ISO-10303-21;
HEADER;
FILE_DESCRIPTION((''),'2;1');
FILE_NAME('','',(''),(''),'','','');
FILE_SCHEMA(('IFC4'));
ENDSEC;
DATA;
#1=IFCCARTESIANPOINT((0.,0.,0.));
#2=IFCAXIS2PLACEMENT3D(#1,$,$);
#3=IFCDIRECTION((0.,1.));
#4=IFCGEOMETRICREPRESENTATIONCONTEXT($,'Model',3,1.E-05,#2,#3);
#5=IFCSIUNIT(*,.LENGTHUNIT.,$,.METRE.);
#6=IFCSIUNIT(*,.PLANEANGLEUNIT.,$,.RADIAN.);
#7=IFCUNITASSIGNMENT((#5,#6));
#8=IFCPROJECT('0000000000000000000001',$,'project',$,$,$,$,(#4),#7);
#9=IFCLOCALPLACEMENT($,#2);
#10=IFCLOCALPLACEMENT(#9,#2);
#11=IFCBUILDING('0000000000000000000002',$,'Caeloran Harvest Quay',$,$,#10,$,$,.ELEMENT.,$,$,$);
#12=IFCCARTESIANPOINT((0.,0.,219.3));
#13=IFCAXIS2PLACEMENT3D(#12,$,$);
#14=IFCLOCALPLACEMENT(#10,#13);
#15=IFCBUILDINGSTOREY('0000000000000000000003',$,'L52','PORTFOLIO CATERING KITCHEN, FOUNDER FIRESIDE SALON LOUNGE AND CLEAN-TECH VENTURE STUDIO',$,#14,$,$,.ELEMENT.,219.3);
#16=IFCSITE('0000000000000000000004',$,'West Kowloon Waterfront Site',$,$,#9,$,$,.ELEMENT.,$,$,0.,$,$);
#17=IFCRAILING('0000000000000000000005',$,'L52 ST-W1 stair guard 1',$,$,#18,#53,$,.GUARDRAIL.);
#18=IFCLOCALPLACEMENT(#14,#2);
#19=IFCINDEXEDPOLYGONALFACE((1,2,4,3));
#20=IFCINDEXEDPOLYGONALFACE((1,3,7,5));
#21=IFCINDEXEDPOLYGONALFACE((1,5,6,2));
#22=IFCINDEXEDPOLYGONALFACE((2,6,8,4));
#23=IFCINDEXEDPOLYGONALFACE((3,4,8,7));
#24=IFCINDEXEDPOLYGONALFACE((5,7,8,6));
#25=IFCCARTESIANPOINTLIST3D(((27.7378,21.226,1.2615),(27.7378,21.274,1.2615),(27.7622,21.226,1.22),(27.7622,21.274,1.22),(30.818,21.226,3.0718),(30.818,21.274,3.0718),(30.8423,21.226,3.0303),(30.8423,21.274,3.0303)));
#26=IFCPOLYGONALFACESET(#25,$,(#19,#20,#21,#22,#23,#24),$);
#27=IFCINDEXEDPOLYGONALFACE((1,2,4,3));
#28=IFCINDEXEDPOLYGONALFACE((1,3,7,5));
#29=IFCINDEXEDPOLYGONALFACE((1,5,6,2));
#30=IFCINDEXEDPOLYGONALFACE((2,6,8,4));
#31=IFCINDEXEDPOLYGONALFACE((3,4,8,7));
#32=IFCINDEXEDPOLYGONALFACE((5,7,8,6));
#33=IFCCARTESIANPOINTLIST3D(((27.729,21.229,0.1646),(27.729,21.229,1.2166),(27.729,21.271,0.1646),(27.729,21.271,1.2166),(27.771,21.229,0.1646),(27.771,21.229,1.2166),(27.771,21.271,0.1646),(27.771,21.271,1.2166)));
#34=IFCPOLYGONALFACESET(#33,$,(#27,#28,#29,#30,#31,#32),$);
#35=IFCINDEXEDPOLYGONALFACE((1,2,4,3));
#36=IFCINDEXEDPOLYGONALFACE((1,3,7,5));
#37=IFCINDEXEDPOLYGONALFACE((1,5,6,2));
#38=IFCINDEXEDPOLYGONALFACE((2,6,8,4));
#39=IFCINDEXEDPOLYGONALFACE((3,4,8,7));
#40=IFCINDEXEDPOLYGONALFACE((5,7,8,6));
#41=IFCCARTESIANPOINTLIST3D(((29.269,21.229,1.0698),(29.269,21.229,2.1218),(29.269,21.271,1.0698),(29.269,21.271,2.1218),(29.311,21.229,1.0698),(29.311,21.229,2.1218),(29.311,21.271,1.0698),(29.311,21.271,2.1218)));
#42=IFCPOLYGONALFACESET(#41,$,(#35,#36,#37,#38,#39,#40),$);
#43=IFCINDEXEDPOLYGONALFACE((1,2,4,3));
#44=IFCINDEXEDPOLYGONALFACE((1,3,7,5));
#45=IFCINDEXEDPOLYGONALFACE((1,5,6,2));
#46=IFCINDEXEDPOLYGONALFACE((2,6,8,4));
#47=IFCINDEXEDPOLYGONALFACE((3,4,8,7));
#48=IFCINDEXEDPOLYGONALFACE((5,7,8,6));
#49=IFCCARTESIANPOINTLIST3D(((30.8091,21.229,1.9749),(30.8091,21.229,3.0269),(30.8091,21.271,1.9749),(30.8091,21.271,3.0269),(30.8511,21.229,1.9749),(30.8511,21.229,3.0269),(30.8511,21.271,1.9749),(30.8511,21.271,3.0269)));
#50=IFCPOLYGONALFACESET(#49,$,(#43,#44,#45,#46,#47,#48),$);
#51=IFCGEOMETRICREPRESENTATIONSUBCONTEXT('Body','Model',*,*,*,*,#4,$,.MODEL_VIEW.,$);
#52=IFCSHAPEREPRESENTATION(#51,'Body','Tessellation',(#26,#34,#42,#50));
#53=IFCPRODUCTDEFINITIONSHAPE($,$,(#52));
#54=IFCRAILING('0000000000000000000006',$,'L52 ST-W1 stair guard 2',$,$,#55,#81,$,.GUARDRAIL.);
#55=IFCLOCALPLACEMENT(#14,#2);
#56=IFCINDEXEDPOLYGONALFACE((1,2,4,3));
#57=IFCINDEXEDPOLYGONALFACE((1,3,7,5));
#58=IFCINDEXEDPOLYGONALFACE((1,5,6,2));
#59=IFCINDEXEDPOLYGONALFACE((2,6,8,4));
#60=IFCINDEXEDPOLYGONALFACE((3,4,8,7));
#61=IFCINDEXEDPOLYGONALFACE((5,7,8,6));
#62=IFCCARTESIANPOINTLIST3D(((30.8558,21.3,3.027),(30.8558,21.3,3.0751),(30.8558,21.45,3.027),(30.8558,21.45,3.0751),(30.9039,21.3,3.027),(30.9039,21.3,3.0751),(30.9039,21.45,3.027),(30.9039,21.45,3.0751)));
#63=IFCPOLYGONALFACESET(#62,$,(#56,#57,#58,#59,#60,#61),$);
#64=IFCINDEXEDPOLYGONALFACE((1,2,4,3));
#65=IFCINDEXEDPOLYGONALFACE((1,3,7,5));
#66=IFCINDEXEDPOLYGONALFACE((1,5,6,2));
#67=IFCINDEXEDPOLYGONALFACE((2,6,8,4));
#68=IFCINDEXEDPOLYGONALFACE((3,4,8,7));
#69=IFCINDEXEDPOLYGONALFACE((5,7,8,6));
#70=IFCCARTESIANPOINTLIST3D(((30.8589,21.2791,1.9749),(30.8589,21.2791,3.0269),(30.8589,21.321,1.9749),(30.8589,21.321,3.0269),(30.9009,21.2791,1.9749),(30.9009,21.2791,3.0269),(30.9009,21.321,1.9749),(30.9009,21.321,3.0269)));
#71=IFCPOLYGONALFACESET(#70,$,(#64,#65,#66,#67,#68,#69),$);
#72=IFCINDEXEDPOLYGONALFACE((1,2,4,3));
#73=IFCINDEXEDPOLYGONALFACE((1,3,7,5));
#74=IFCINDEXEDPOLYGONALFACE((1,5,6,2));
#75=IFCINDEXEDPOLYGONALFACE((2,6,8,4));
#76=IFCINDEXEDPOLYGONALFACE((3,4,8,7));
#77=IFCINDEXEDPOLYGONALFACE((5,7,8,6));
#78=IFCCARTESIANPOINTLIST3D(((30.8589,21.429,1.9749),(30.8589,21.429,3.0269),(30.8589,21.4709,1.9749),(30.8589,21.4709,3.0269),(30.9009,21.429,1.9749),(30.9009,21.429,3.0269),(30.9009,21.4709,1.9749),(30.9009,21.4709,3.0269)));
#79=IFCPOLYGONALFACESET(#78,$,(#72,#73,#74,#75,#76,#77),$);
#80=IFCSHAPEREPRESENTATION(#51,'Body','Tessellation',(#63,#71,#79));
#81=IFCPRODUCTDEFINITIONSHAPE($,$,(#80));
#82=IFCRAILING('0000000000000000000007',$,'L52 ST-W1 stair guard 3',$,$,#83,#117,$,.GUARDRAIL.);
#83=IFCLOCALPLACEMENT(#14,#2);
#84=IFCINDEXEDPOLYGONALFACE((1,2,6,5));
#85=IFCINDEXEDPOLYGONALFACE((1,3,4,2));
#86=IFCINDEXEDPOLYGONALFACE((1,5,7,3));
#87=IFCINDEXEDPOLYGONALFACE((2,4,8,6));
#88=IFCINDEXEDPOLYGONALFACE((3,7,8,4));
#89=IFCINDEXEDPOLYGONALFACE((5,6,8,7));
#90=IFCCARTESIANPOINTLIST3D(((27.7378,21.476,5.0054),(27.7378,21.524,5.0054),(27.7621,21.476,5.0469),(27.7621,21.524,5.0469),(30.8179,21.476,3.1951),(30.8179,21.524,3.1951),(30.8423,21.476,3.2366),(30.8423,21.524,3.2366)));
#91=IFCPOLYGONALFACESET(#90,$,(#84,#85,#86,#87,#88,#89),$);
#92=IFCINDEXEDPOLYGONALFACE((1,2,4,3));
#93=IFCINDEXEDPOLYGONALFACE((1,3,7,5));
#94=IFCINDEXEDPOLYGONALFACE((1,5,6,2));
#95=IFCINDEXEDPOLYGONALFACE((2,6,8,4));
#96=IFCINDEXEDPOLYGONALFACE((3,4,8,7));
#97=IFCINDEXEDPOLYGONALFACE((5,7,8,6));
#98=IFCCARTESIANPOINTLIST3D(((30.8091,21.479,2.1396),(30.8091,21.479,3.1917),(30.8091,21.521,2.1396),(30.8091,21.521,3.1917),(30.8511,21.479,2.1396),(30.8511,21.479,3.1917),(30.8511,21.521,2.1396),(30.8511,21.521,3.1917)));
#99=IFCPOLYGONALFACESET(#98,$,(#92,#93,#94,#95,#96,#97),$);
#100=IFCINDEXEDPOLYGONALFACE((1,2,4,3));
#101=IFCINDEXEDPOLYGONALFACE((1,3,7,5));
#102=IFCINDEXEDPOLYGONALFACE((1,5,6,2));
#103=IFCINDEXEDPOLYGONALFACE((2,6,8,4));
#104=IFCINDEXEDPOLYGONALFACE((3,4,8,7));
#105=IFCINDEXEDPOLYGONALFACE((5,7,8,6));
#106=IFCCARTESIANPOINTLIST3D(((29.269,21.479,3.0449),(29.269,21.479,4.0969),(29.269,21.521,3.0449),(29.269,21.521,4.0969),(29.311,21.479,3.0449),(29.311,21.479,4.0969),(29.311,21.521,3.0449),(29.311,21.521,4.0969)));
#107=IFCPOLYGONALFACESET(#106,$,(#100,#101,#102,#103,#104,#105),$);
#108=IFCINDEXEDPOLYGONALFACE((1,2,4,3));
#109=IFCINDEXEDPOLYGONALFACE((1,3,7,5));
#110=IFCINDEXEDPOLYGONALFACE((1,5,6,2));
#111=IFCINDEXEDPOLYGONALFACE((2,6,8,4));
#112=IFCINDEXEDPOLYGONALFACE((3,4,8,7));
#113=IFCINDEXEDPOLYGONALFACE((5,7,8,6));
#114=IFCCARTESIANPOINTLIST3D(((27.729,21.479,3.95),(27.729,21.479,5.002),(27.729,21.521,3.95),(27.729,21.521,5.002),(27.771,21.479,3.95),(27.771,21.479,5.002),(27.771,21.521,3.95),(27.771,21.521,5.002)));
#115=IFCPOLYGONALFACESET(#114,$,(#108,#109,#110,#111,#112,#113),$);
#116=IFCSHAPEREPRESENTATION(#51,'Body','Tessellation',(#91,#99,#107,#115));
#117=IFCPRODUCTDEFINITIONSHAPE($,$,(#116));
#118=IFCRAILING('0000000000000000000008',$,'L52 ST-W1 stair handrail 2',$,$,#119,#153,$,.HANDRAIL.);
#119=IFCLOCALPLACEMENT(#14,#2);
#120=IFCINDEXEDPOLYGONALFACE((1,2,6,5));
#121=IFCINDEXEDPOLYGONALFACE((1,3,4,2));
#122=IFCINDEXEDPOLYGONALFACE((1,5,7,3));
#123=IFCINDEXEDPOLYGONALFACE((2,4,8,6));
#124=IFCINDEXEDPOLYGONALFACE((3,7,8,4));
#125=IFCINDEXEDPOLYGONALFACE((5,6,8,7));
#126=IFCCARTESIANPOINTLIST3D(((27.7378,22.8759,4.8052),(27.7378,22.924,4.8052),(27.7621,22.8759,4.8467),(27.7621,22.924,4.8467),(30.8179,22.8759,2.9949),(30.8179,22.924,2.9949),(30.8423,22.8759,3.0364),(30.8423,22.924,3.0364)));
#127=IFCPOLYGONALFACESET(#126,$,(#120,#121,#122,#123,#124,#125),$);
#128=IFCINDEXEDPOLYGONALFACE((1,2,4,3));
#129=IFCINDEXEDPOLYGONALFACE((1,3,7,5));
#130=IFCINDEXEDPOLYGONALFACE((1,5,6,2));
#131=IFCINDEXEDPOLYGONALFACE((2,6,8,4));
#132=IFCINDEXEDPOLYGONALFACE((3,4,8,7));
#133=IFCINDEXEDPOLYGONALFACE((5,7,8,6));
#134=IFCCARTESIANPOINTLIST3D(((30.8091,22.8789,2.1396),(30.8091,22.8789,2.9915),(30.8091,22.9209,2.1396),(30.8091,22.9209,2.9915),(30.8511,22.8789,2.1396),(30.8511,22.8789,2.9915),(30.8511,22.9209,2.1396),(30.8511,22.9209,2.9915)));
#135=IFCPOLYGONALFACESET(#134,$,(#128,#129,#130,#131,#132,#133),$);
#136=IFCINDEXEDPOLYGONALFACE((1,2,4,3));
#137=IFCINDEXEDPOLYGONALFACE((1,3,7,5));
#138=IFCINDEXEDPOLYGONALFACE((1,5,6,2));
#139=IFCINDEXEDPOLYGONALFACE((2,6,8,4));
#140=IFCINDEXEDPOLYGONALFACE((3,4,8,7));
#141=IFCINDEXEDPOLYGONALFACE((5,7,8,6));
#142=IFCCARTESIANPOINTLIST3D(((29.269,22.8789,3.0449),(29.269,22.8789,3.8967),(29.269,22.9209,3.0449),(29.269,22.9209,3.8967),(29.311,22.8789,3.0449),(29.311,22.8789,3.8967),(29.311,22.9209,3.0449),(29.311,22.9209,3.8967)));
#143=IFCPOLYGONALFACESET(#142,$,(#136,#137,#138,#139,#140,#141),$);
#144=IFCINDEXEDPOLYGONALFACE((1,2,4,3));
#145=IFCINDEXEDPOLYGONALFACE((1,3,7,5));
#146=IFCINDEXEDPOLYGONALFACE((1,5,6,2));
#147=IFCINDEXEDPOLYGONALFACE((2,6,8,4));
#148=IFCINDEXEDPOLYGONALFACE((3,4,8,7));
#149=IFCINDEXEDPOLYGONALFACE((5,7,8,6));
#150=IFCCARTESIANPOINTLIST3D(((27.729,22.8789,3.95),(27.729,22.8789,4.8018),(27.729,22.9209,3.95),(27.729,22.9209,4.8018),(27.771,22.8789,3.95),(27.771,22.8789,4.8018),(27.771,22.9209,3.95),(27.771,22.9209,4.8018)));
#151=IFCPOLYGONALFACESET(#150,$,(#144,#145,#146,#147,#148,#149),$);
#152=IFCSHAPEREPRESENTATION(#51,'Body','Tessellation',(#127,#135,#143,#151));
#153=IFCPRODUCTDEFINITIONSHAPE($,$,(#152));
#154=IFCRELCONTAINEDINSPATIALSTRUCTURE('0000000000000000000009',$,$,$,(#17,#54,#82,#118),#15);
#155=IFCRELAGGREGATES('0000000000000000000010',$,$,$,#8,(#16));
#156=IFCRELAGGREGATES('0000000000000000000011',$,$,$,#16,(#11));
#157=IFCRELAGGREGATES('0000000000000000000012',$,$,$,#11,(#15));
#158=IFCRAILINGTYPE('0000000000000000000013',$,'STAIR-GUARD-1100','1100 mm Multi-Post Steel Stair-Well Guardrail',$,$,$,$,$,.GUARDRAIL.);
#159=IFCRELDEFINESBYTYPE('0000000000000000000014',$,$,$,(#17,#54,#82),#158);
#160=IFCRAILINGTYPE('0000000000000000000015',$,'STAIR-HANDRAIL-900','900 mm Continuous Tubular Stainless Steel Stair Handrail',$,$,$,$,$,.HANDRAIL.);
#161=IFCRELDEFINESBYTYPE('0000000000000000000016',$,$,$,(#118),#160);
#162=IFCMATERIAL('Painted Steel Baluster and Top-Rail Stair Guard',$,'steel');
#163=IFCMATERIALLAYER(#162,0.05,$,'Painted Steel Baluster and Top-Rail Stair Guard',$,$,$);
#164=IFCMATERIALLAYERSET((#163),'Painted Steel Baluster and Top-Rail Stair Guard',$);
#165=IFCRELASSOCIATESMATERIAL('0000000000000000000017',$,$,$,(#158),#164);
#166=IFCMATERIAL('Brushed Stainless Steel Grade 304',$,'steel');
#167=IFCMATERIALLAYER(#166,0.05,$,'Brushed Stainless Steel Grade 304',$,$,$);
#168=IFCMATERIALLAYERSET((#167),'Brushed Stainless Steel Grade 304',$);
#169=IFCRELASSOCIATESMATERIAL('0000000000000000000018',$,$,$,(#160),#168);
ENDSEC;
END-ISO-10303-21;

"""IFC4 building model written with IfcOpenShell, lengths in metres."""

from ifc_helpers import new_model, si_unit, direction, frame, origin, origin_2d, place, context, subcontext, project, spatial, rectangle, extrude, material, layer, layer_set, type_object, element, save


model = new_model("IFC4")

# Units and contexts
model_context = context("Model", 3, precision=1e-05, world=origin(), true_north=direction((0.0, 1.0)))
body_context = subcontext(model_context, "Body", "Model", "MODEL_VIEW")
ifc_project = project(units=[si_unit("LENGTHUNIT", "METRE"), si_unit("PLANEANGLEUNIT", "RADIAN")], contexts=[model_context])

# Site, building, storey
site_placement = place(None, origin())
site = spatial("IfcSite", under=ifc_project, at=site_placement, Name="West Kowloon Waterfront Site", CompositionType="ELEMENT", RefElevation=0.0)
building_placement = place(site_placement, origin())
building = spatial("IfcBuilding", under=site, at=building_placement, Name="Caeloran Harvest Quay", CompositionType="ELEMENT")
storey_placement = place(building_placement, frame((0.0, 0.0, 219.3)))
storey = spatial("IfcBuildingStorey", under=building, at=storey_placement, Name="L52", Description="PORTFOLIO CATERING KITCHEN, FOUNDER FIRESIDE SALON LOUNGE AND CLEAN-TECH VENTURE STUDIO", CompositionType="ELEMENT", Elevation=219.3)

# Railings
ifc_material_1 = material(Name="Painted Steel Baluster and Top-Rail Stair Guard", Category="steel")
ifc_layer_1 = layer(ifc_material_1, 0.05, Name="Painted Steel Baluster and Top-Rail Stair Guard")
ifc_layer_set_1 = layer_set([ifc_layer_1], Name="Painted Steel Baluster and Top-Rail Stair Guard")
railing_type_1 = type_object("IfcRailingType", Name="STAIR-GUARD-1100", Description="1100 mm Multi-Post Steel Stair-Well Guardrail", PredefinedType="GUARDRAIL", material=ifc_layer_set_1)
railing_1_placement = place(storey_placement, frame((27.75, 21.25, 0.1646)))
element("IfcRailing", 1, at=railing_1_placement, inside=storey, type_object=railing_type_1, Name="L52 ST-W1 stair guard 1", PredefinedType="GUARDRAIL", context=body_context, shape_type="SweptSolid", body=[
    extrude(rectangle(XDim=0.0481, YDim=0.0481, at=origin_2d()), frame((0.0, 0.0, 1.0762), z_axis=(0.862119, 0.0, 0.506707), x_axis=(0.0, 1.0, 0.0)), (0.0, 0.0, 1.0), 3.5728),
    extrude(rectangle(XDim=0.042, YDim=0.042, at=origin_2d()), origin(), (0.0, 0.0, 1.0), 1.052),
    extrude(rectangle(XDim=0.042, YDim=0.042, at=origin_2d()), frame((1.54, 0.0, 0.9053)), (0.0, 0.0, 1.0), 1.052),
    extrude(rectangle(XDim=0.042, YDim=0.042, at=origin_2d()), frame((3.0801, 0.0, 1.8103)), (0.0, 0.0, 1.0), 1.052),
])
railing_2_placement = place(storey_placement, frame((30.8799, 21.3, 1.9749)))
element("IfcRailing", 2, at=railing_2_placement, inside=storey, type_object=railing_type_1, Name="L52 ST-W1 stair guard 2", PredefinedType="GUARDRAIL", context=body_context, shape_type="SweptSolid", body=[
    extrude(rectangle(XDim=0.0481, YDim=0.0481, at=origin_2d()), frame((0.0, 0.0, 1.0762), z_axis=(0.0, 1.0, 0.0), x_axis=(-1.0, 0.0, 0.0)), (0.0, 0.0, 1.0), 0.1499),
    extrude(rectangle(XDim=0.042, YDim=0.042, at=origin_2d()), origin(), (0.0, 0.0, 1.0), 1.052),
    extrude(rectangle(XDim=0.042, YDim=0.042, at=origin_2d()), frame((0.0, 0.1499, 0.0)), (0.0, 0.0, 1.0), 1.052),
])
railing_3_placement = place(storey_placement, frame((30.8301, 21.5, 2.1396)))
element("IfcRailing", 3, at=railing_3_placement, inside=storey, type_object=railing_type_1, Name="L52 ST-W1 stair guard 3", PredefinedType="GUARDRAIL", context=body_context, shape_type="SweptSolid", body=[
    extrude(rectangle(XDim=0.0481, YDim=0.0481, at=origin_2d()), frame((0.0, 0.0, 1.0762), z_axis=(-0.862119, 0.0, 0.506707), x_axis=(0.0, -1.0, 0.0)), (0.0, 0.0, 1.0), 3.5728),
    extrude(rectangle(XDim=0.042, YDim=0.042, at=origin_2d()), origin(), (0.0, 0.0, 1.0), 1.052),
    extrude(rectangle(XDim=0.042, YDim=0.042, at=origin_2d()), frame((-1.54, 0.0, 0.9053)), (0.0, 0.0, 1.0), 1.052),
    extrude(rectangle(XDim=0.042, YDim=0.042, at=origin_2d()), frame((-3.0801, 0.0, 1.8103)), (0.0, 0.0, 1.0), 1.052),
])
ifc_material_2 = material(Name="Brushed Stainless Steel Grade 304", Category="steel")
ifc_layer_2 = layer(ifc_material_2, 0.05, Name="Brushed Stainless Steel Grade 304")
ifc_layer_set_2 = layer_set([ifc_layer_2], Name="Brushed Stainless Steel Grade 304")
railing_type_2 = type_object("IfcRailingType", Name="STAIR-HANDRAIL-900", Description="900 mm Continuous Tubular Stainless Steel Stair Handrail", PredefinedType="HANDRAIL", material=ifc_layer_set_2)
railing_4_placement = place(storey_placement, frame((30.8301, 22.8999, 2.1396)))
element("IfcRailing", 4, at=railing_4_placement, inside=storey, type_object=railing_type_2, Name="L52 ST-W1 stair handrail 2", PredefinedType="HANDRAIL", context=body_context, shape_type="SweptSolid", body=[
    extrude(rectangle(XDim=0.0481, YDim=0.0481, at=origin_2d()), frame((0.0, 0.0, 0.876), z_axis=(-0.862119, 0.0, 0.506707), x_axis=(0.0, -1.0, 0.0)), (0.0, 0.0, 1.0), 3.5728),
    extrude(rectangle(XDim=0.042, YDim=0.042, at=origin_2d()), origin(), (0.0, 0.0, 1.0), 0.8518),
    extrude(rectangle(XDim=0.042, YDim=0.042, at=origin_2d()), frame((-1.54, 0.0, 0.9053)), (0.0, 0.0, 1.0), 0.8518),
    extrude(rectangle(XDim=0.042, YDim=0.042, at=origin_2d()), frame((-3.0801, 0.0, 1.8103)), (0.0, 0.0, 1.0), 0.8518),
])

save(model, "model.ifc")
